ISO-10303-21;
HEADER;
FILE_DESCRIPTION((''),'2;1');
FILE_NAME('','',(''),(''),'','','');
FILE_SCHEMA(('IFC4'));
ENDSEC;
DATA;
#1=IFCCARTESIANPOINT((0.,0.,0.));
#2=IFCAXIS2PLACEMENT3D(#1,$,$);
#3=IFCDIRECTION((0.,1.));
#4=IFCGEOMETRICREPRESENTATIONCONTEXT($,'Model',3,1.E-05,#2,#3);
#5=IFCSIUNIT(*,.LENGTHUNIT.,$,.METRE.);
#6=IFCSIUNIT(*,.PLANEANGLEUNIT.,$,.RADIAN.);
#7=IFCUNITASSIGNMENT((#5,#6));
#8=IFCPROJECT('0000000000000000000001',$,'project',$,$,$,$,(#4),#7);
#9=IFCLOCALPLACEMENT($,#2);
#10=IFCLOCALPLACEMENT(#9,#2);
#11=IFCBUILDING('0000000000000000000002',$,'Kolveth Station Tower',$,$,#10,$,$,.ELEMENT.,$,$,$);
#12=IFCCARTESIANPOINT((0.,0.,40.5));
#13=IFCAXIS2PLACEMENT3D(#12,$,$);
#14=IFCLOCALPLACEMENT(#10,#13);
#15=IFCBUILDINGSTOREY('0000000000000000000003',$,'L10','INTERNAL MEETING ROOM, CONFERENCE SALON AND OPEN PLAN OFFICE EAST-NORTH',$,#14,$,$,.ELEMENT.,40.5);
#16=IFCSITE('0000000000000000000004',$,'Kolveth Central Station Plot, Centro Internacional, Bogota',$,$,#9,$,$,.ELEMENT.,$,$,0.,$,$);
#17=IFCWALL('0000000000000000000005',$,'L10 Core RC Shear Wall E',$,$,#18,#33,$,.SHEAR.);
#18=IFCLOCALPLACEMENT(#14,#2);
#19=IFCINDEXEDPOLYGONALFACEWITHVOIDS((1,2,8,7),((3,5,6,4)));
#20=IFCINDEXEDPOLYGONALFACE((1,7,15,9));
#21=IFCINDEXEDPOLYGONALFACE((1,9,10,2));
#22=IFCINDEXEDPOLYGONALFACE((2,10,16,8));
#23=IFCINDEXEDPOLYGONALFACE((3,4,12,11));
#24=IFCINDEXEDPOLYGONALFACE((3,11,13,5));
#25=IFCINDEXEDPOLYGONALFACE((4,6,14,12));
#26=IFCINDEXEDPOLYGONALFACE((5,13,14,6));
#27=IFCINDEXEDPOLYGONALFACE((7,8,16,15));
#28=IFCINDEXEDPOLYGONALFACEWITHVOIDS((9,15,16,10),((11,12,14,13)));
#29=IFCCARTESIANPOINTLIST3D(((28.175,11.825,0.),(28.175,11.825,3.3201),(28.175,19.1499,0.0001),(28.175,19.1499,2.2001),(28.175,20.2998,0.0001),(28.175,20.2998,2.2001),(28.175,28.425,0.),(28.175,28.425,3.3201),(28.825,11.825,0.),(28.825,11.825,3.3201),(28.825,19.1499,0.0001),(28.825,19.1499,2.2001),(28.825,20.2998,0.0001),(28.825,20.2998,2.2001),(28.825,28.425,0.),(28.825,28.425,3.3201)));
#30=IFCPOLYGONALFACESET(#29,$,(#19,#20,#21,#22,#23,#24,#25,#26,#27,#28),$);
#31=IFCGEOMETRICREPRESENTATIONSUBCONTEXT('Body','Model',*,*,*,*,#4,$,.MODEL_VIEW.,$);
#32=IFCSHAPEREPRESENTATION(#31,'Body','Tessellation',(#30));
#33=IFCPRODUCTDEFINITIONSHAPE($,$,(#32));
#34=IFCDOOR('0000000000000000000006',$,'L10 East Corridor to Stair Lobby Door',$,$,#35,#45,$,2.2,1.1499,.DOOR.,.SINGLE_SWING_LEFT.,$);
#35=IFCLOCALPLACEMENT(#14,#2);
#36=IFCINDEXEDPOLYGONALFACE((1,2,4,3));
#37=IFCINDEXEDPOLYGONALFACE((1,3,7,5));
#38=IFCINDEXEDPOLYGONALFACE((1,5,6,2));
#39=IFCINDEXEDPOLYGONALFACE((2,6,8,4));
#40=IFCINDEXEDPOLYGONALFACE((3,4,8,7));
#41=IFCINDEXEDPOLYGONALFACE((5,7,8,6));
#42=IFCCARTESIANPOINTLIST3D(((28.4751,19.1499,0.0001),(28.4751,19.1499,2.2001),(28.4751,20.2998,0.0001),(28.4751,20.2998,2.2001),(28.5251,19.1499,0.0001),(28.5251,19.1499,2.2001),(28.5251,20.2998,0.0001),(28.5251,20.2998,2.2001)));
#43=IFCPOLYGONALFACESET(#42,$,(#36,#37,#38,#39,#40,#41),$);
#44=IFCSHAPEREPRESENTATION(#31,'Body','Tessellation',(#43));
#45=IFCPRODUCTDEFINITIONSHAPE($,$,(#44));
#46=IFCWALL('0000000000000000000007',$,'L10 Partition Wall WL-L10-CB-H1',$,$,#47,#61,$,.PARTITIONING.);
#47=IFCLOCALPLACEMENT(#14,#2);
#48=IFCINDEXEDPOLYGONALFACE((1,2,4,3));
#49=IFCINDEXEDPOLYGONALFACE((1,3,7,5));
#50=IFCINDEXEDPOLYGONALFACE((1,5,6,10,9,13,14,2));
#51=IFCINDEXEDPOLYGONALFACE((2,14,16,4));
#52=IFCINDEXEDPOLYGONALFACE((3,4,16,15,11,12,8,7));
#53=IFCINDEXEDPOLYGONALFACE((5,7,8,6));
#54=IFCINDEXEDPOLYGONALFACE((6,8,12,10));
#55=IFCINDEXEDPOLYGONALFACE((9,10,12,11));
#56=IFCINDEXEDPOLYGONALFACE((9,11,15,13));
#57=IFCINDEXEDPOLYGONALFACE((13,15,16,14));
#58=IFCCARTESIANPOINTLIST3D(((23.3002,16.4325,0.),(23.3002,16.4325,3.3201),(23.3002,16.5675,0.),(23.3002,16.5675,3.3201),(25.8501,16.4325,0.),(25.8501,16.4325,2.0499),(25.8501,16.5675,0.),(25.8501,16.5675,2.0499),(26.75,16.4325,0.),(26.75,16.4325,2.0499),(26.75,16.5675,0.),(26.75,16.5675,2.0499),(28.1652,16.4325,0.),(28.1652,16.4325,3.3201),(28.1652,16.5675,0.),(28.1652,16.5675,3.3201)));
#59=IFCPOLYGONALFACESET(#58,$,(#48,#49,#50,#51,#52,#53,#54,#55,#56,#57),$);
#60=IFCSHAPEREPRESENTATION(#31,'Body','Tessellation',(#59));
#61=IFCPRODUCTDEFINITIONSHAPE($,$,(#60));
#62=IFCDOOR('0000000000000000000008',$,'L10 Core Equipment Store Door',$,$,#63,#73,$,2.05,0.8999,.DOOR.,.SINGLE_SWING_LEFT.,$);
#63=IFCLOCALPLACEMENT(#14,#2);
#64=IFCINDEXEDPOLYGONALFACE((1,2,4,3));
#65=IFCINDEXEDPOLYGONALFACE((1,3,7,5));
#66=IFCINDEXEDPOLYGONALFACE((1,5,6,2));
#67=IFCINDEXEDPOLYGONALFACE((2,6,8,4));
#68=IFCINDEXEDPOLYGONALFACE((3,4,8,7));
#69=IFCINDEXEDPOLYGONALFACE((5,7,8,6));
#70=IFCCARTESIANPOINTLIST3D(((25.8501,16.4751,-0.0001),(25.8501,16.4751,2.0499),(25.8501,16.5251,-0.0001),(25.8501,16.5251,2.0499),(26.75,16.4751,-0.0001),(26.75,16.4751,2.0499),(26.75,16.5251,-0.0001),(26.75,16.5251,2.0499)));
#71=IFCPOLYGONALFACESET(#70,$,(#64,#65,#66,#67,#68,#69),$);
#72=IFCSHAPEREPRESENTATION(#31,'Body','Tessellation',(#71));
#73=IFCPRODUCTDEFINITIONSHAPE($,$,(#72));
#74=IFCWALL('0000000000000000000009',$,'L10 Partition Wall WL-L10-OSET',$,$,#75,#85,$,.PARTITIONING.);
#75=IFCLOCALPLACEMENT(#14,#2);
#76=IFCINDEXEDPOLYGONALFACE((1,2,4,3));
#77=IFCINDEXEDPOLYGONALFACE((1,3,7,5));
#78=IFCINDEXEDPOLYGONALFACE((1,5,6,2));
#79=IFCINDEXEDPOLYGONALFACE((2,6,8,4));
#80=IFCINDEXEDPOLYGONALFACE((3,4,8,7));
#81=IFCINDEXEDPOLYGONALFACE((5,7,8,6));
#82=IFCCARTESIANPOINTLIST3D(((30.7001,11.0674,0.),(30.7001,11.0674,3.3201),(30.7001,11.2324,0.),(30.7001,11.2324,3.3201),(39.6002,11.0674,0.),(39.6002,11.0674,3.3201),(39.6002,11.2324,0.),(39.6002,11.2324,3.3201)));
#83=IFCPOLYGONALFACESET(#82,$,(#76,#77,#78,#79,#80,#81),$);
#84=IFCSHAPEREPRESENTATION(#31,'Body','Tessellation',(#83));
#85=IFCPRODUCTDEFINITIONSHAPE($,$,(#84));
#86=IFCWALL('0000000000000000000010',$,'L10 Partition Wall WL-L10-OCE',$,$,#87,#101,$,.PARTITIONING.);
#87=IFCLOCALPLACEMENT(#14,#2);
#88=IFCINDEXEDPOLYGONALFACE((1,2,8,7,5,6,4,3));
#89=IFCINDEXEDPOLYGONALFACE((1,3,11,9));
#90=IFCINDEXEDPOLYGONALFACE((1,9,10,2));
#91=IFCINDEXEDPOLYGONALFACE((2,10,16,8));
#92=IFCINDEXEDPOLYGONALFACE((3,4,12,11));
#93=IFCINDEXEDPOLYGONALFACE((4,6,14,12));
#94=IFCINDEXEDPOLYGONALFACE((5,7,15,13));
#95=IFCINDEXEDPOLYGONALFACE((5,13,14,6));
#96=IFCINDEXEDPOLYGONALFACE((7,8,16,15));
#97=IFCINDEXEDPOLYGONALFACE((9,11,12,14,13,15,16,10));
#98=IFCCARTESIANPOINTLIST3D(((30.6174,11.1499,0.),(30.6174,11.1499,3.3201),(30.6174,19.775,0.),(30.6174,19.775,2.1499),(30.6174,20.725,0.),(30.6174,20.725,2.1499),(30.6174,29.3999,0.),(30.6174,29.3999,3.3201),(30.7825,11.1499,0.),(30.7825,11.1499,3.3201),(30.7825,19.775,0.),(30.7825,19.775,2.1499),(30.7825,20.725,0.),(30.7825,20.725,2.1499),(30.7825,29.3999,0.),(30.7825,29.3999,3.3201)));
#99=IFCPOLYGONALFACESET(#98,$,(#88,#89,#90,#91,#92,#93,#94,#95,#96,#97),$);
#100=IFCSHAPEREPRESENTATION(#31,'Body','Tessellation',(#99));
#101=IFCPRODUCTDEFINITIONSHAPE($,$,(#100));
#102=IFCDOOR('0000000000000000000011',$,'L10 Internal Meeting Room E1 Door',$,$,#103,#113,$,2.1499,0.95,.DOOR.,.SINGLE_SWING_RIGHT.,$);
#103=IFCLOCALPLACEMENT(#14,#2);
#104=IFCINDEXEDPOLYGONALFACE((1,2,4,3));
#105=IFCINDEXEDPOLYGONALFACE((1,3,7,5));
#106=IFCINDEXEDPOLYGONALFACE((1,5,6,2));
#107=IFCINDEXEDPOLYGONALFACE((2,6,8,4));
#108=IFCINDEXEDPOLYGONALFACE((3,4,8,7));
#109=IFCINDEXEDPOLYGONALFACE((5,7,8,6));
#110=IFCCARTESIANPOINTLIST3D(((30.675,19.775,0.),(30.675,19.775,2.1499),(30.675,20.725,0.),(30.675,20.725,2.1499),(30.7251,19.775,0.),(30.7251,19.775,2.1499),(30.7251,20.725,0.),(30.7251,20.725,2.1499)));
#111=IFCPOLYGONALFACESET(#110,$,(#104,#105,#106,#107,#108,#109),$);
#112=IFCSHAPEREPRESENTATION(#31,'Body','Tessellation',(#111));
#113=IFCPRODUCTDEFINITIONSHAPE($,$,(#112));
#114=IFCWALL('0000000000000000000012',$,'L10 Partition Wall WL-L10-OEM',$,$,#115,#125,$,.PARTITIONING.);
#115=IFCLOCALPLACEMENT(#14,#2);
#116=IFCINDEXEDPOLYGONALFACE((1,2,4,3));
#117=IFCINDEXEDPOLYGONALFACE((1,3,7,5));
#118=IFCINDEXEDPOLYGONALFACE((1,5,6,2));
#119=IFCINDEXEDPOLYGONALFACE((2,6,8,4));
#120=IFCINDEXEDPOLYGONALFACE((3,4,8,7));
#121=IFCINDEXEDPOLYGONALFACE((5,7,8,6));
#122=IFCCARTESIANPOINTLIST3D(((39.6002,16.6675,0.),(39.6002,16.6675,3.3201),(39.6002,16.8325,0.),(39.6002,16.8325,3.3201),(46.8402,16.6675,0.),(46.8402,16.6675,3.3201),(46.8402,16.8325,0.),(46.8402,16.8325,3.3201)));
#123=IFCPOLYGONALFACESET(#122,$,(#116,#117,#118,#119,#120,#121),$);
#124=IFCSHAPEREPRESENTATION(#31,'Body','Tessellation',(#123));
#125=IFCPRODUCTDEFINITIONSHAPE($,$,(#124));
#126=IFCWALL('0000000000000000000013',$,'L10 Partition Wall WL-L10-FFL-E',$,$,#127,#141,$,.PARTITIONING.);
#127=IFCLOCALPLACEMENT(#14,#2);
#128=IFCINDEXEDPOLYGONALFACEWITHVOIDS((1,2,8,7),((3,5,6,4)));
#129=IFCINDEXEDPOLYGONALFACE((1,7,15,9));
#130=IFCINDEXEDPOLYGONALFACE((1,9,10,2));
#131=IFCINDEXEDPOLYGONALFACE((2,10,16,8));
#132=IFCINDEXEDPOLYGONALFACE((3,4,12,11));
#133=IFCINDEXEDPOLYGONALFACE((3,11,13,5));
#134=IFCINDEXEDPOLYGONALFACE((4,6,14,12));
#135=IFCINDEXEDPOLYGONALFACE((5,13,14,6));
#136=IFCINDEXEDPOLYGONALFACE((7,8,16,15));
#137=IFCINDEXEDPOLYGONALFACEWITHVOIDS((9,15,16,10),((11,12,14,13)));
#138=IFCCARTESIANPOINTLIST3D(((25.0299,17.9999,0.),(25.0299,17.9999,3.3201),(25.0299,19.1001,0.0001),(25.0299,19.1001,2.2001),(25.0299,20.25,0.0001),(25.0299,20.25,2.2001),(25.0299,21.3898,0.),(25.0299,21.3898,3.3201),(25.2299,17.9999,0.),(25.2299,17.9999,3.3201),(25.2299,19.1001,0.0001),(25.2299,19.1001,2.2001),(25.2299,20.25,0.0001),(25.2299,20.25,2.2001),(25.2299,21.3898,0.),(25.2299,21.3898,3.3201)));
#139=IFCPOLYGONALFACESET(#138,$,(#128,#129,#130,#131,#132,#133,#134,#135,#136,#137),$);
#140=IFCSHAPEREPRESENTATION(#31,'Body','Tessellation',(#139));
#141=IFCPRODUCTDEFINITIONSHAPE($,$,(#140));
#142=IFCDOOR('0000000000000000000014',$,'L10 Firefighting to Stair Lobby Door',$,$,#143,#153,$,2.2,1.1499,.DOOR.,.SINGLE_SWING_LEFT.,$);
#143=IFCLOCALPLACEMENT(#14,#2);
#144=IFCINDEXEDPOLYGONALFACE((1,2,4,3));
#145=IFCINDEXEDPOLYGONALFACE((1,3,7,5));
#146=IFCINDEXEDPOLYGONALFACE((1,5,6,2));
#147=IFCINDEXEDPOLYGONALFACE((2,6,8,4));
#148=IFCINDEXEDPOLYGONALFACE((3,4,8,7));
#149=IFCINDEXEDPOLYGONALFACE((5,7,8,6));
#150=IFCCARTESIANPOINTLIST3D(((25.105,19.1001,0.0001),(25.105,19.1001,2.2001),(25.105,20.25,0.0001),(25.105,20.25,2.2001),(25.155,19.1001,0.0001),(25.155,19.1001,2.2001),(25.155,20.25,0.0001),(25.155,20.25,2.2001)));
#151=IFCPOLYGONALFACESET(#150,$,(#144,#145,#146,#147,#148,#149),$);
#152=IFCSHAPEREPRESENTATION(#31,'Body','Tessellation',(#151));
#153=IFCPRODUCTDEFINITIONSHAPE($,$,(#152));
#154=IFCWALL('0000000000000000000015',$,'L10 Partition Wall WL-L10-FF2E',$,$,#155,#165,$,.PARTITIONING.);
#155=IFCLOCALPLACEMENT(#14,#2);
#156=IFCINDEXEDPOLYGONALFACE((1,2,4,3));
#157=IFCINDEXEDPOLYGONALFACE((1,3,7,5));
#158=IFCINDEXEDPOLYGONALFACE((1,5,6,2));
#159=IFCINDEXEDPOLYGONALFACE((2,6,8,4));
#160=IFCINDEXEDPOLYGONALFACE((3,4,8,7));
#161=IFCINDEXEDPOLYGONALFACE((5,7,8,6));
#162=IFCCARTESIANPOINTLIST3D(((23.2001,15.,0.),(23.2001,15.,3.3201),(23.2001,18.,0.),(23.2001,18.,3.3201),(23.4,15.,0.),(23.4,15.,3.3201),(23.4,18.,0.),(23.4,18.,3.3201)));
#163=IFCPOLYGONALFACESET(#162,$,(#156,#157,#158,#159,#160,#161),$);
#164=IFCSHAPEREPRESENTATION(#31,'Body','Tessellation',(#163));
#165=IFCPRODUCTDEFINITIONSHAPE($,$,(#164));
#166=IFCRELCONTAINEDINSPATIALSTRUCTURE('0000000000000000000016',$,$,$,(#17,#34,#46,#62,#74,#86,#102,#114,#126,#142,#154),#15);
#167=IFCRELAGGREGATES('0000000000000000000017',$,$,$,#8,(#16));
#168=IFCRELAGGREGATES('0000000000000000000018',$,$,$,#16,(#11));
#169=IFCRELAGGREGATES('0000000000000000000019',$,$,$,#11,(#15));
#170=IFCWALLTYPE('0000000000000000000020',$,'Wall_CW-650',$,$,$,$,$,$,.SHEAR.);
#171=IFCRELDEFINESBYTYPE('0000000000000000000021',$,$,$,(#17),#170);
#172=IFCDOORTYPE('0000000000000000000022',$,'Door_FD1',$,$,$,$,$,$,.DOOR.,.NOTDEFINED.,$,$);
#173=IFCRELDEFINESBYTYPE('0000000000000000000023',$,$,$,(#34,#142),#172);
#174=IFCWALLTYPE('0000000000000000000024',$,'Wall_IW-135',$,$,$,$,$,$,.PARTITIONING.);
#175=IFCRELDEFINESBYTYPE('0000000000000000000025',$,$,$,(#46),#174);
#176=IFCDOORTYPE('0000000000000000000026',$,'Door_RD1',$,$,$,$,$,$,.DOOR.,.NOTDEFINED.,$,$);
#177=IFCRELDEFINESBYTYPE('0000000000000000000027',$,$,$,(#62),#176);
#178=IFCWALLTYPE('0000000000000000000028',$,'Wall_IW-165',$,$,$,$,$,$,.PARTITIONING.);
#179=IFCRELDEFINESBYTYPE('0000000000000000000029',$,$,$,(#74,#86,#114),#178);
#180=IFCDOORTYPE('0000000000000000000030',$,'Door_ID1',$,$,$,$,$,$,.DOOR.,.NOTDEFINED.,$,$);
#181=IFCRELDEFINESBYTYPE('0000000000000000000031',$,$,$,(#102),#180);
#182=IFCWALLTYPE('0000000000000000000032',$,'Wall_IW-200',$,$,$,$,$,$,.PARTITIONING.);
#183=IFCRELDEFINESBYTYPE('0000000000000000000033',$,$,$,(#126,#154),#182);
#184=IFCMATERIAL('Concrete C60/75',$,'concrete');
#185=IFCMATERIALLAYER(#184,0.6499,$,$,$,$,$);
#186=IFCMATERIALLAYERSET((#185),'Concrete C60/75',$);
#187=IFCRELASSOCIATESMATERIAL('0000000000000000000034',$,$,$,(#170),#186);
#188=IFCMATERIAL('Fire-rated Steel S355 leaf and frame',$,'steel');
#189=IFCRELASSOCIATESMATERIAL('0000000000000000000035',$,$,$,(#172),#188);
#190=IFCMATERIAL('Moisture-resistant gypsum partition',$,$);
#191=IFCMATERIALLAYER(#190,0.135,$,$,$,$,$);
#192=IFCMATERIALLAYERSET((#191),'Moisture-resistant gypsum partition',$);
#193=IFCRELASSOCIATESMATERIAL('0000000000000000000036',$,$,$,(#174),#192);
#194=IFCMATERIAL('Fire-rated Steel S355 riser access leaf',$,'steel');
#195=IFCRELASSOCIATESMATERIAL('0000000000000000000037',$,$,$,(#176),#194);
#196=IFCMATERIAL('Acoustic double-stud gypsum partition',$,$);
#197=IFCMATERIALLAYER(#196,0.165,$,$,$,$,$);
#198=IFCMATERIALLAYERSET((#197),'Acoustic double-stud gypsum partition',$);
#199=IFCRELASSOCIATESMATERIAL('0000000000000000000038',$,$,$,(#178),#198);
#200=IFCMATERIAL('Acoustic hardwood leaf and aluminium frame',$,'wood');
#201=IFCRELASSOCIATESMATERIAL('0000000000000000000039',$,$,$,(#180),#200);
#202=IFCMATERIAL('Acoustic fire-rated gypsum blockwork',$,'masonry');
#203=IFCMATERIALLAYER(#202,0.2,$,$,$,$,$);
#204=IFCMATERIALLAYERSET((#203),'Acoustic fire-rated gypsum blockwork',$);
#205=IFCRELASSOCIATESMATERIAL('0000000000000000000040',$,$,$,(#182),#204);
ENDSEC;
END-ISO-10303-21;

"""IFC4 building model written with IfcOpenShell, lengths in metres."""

from ifc_helpers import new_model, si_unit, direction, frame, frame_2d, origin, place, context, subcontext, project, spatial, rectangle, extrude, material, layer, layer_set, type_object, element, fill, save


model = new_model("IFC4")

# Units and contexts
model_context = context("Model", 3, precision=1e-05, world=origin(), true_north=direction((0.0, 1.0)))
body_context = subcontext(model_context, "Body", "Model", "MODEL_VIEW")
ifc_project = project(units=[si_unit("LENGTHUNIT", "METRE"), si_unit("PLANEANGLEUNIT", "RADIAN")], contexts=[model_context])

# Site, building, storey
site_placement = place(None, origin())
site = spatial("IfcSite", under=ifc_project, at=site_placement, Name="Kolveth Central Station Plot, Centro Internacional, Bogota", CompositionType="ELEMENT", RefElevation=0.0)
building_placement = place(site_placement, origin())
building = spatial("IfcBuilding", under=site, at=building_placement, Name="Kolveth Station Tower", CompositionType="ELEMENT")
storey_placement = place(building_placement, frame((0.0, 0.0, 40.5)))
storey = spatial("IfcBuildingStorey", under=building, at=storey_placement, Name="L10", Description="INTERNAL MEETING ROOM, CONFERENCE SALON AND OPEN PLAN OFFICE EAST-NORTH", CompositionType="ELEMENT", Elevation=40.5)

# Walls, openings, doors
ifc_material_1 = material(Name="Concrete C60/75", Category="concrete")
ifc_layer_1 = layer(ifc_material_1, 0.6499)
ifc_layer_set_1 = layer_set([ifc_layer_1], Name="Concrete C60/75")
wall_type_1 = type_object("IfcWallType", Name="Wall_CW-650", PredefinedType="SHEAR", material=ifc_layer_set_1)
wall_1_placement = place(storey_placement, frame((28.5, 11.825, 0.0), z_axis=(0.0, 0.0, 1.0), x_axis=(0.0, 1.0, 0.0)))
wall_1 = element("IfcWall", 1, at=wall_1_placement, inside=storey, type_object=wall_type_1, Name="L10 Core RC Shear Wall E", PredefinedType="SHEAR", context=body_context, shape_type="SweptSolid", body=[
    extrude(rectangle(XDim=16.6001, YDim=0.6499, at=frame_2d((8.3, 0.0))), origin(), (0.0, 0.0, 1.0), 3.3201),
])
opening_1_placement = place(wall_1_placement, frame((7.325, 0.0, 0.0)))
opening_1 = element("IfcOpeningElement", 2, at=opening_1_placement, cuts=wall_1, PredefinedType="OPENING", context=body_context, shape_type="SweptSolid", body=[
    extrude(rectangle(XDim=1.1499, YDim=2.2, at=frame_2d((0.575, 1.1001))), frame((0.0, 0.335, 0.0), z_axis=(0.0, -1.0, 0.0), x_axis=(1.0, 0.0, 0.0)), (0.0, 0.0, 1.0), 0.6699),
])
ifc_material_2 = material(Name="Fire-rated Steel S355 leaf and frame", Category="steel")
door_type_1 = type_object("IfcDoorType", Name="Door_FD1", OperationType="NOTDEFINED", PredefinedType="DOOR", material=ifc_material_2)
door_1_placement = place(opening_1_placement, origin())
door_1 = element("IfcDoor", 3, at=door_1_placement, inside=storey, type_object=door_type_1, Name="L10 East Corridor to Stair Lobby Door", OperationType="SINGLE_SWING_LEFT", OverallHeight=2.2, OverallWidth=1.1499, PredefinedType="DOOR", context=body_context, shape_type="SweptSolid", body=[
    extrude(rectangle(XDim=1.1499, YDim=2.2, at=frame_2d((0.575, 1.1001))), frame((0.0, 0.0249, 0.0), z_axis=(0.0, -1.0, 0.0), x_axis=(1.0, 0.0, 0.0)), (0.0, 0.0, 1.0), 0.05),
])
fill(opening_1, door_1)
ifc_material_3 = material(Name="Moisture-resistant gypsum partition")
ifc_layer_2 = layer(ifc_material_3, 0.135)
ifc_layer_set_2 = layer_set([ifc_layer_2], Name="Moisture-resistant gypsum partition")
wall_type_2 = type_object("IfcWallType", Name="Wall_IW-135", PredefinedType="PARTITIONING", material=ifc_layer_set_2)
wall_2_placement = place(storey_placement, frame((23.3, 16.5, 0.0), z_axis=(0.0, 0.0, 1.0), x_axis=(1.0, 0.0, 0.0)))
wall_2 = element("IfcWall", 4, at=wall_2_placement, inside=storey, type_object=wall_type_2, Name="L10 Partition Wall WL-L10-CB-H1", PredefinedType="PARTITIONING", context=body_context, shape_type="SweptSolid", body=[
    extrude(rectangle(XDim=4.865, YDim=0.135, at=frame_2d((2.4326, 0.0))), origin(), (0.0, 0.0, 1.0), 3.3201),
])
opening_2_placement = place(wall_2_placement, frame((2.55, 0.0, 0.0)))
opening_2 = element("IfcOpeningElement", 5, at=opening_2_placement, cuts=wall_2, PredefinedType="OPENING", context=body_context, shape_type="SweptSolid", body=[
    extrude(rectangle(XDim=0.8999, YDim=2.05, at=frame_2d((0.45, 1.0249))), frame((0.0, 0.0774, 0.0), z_axis=(0.0, -1.0, 0.0), x_axis=(1.0, 0.0, 0.0)), (0.0, 0.0, 1.0), 0.155),
])
ifc_material_4 = material(Name="Fire-rated Steel S355 riser access leaf", Category="steel")
door_type_2 = type_object("IfcDoorType", Name="Door_RD1", OperationType="NOTDEFINED", PredefinedType="DOOR", material=ifc_material_4)
door_2_placement = place(opening_2_placement, frame((0.8999, 0.0, 0.0), z_axis=(0.0, 0.0, 1.0), x_axis=(-1.0, 0.0, 0.0)))
door_2 = element("IfcDoor", 6, at=door_2_placement, inside=storey, type_object=door_type_2, Name="L10 Core Equipment Store Door", OperationType="SINGLE_SWING_LEFT", OverallHeight=2.05, OverallWidth=0.8999, PredefinedType="DOOR", context=body_context, shape_type="SweptSolid", body=[
    extrude(rectangle(XDim=0.8999, YDim=2.05, at=frame_2d((0.45, 1.0249))), frame((0.0, 0.0249, 0.0), z_axis=(0.0, -1.0, 0.0), x_axis=(1.0, 0.0, 0.0)), (0.0, 0.0, 1.0), 0.05),
])
fill(opening_2, door_2)

# Wall
ifc_material_5 = material(Name="Acoustic double-stud gypsum partition")
ifc_layer_3 = layer(ifc_material_5, 0.165)
ifc_layer_set_3 = layer_set([ifc_layer_3], Name="Acoustic double-stud gypsum partition")
wall_type_3 = type_object("IfcWallType", Name="Wall_IW-165", PredefinedType="PARTITIONING", material=ifc_layer_set_3)
wall_3_placement = place(storey_placement, frame((30.7, 11.1499, 0.0), z_axis=(0.0, 0.0, 1.0), x_axis=(1.0, 0.0, 0.0)))
element("IfcWall", 7, at=wall_3_placement, inside=storey, type_object=wall_type_3, Name="L10 Partition Wall WL-L10-OSET", PredefinedType="PARTITIONING", context=body_context, shape_type="SweptSolid", body=[
    extrude(rectangle(XDim=8.9001, YDim=0.165, at=frame_2d((4.4502, 0.0))), origin(), (0.0, 0.0, 1.0), 3.3201),
])

# Wall, opening, door
wall_4_placement = place(storey_placement, frame((30.7, 11.1499, 0.0), z_axis=(0.0, 0.0, 1.0), x_axis=(0.0, 1.0, 0.0)))
wall_4 = element("IfcWall", 8, at=wall_4_placement, inside=storey, type_object=wall_type_3, Name="L10 Partition Wall WL-L10-OCE", PredefinedType="PARTITIONING", context=body_context, shape_type="SweptSolid", body=[
    extrude(rectangle(XDim=18.25, YDim=0.165, at=frame_2d((9.125, 0.0))), origin(), (0.0, 0.0, 1.0), 3.3201),
])
opening_3_placement = place(wall_4_placement, frame((8.625, 0.0, 0.0)))
opening_3 = element("IfcOpeningElement", 9, at=opening_3_placement, cuts=wall_4, PredefinedType="OPENING", context=body_context, shape_type="SweptSolid", body=[
    extrude(rectangle(XDim=0.95, YDim=2.1499, at=frame_2d((0.4751, 1.075))), frame((0.0, 0.0925, 0.0), z_axis=(0.0, -1.0, 0.0), x_axis=(1.0, 0.0, 0.0)), (0.0, 0.0, 1.0), 0.1851),
])
ifc_material_6 = material(Name="Acoustic hardwood leaf and aluminium frame", Category="wood")
door_type_3 = type_object("IfcDoorType", Name="Door_ID1", OperationType="NOTDEFINED", PredefinedType="DOOR", material=ifc_material_6)
door_3_placement = place(opening_3_placement, origin())
door_3 = element("IfcDoor", 10, at=door_3_placement, inside=storey, type_object=door_type_3, Name="L10 Internal Meeting Room E1 Door", OperationType="SINGLE_SWING_RIGHT", OverallHeight=2.1499, OverallWidth=0.95, PredefinedType="DOOR", context=body_context, shape_type="SweptSolid", body=[
    extrude(rectangle(XDim=0.95, YDim=2.1499, at=frame_2d((0.4751, 1.075))), frame((0.0, 0.0249, 0.0), z_axis=(0.0, -1.0, 0.0), x_axis=(1.0, 0.0, 0.0)), (0.0, 0.0, 1.0), 0.05),
])
fill(opening_3, door_3)

# Wall
wall_5_placement = place(storey_placement, frame((39.6001, 16.75, 0.0), z_axis=(0.0, 0.0, 1.0), x_axis=(1.0, 0.0, 0.0)))
element("IfcWall", 11, at=wall_5_placement, inside=storey, type_object=wall_type_3, Name="L10 Partition Wall WL-L10-OEM", PredefinedType="PARTITIONING", context=body_context, shape_type="SweptSolid", body=[
    extrude(rectangle(XDim=7.24, YDim=0.165, at=frame_2d((3.6201, 0.0))), origin(), (0.0, 0.0, 1.0), 3.3201),
])

# Wall, opening, door
ifc_material_7 = material(Name="Acoustic fire-rated gypsum blockwork", Category="masonry")
ifc_layer_4 = layer(ifc_material_7, 0.2)
ifc_layer_set_4 = layer_set([ifc_layer_4], Name="Acoustic fire-rated gypsum blockwork")
wall_type_4 = type_object("IfcWallType", Name="Wall_IW-200", PredefinedType="PARTITIONING", material=ifc_layer_set_4)
wall_6_placement = place(storey_placement, frame((25.1299, 18.0, 0.0), z_axis=(0.0, 0.0, 1.0), x_axis=(0.0, 1.0, 0.0)))
wall_6 = element("IfcWall", 12, at=wall_6_placement, inside=storey, type_object=wall_type_4, Name="L10 Partition Wall WL-L10-FFL-E", PredefinedType="PARTITIONING", context=body_context, shape_type="SweptSolid", body=[
    extrude(rectangle(XDim=3.3899, YDim=0.2, at=frame_2d((1.6948, 0.0))), origin(), (0.0, 0.0, 1.0), 3.3201),
])
opening_4_placement = place(wall_6_placement, frame((1.1001, 0.0, 0.0)))
opening_4 = element("IfcOpeningElement", 13, at=opening_4_placement, cuts=wall_6, PredefinedType="OPENING", context=body_context, shape_type="SweptSolid", body=[
    extrude(rectangle(XDim=1.1499, YDim=2.2, at=frame_2d((0.575, 1.1001))), frame((0.0, 0.1099, 0.0), z_axis=(0.0, -1.0, 0.0), x_axis=(1.0, 0.0, 0.0)), (0.0, 0.0, 1.0), 0.22),
])
door_4_placement = place(opening_4_placement, origin())
door_4 = element("IfcDoor", 14, at=door_4_placement, inside=storey, type_object=door_type_1, Name="L10 Firefighting to Stair Lobby Door", OperationType="SINGLE_SWING_LEFT", OverallHeight=2.2, OverallWidth=1.1499, PredefinedType="DOOR", context=body_context, shape_type="SweptSolid", body=[
    extrude(rectangle(XDim=1.1499, YDim=2.2, at=frame_2d((0.575, 1.1001))), frame((0.0, 0.0249, 0.0), z_axis=(0.0, -1.0, 0.0), x_axis=(1.0, 0.0, 0.0)), (0.0, 0.0, 1.0), 0.05),
])
fill(opening_4, door_4)

# Wall
wall_7_placement = place(storey_placement, frame((23.3, 15.0, 0.0), z_axis=(0.0, 0.0, 1.0), x_axis=(0.0, 1.0, 0.0)))
element("IfcWall", 15, at=wall_7_placement, inside=storey, type_object=wall_type_4, Name="L10 Partition Wall WL-L10-FF2E", PredefinedType="PARTITIONING", context=body_context, shape_type="SweptSolid", body=[
    extrude(rectangle(XDim=3.0, YDim=0.2, at=frame_2d((1.5, 0.0))), origin(), (0.0, 0.0, 1.0), 3.3201),
])

save(model, "model.ifc")
